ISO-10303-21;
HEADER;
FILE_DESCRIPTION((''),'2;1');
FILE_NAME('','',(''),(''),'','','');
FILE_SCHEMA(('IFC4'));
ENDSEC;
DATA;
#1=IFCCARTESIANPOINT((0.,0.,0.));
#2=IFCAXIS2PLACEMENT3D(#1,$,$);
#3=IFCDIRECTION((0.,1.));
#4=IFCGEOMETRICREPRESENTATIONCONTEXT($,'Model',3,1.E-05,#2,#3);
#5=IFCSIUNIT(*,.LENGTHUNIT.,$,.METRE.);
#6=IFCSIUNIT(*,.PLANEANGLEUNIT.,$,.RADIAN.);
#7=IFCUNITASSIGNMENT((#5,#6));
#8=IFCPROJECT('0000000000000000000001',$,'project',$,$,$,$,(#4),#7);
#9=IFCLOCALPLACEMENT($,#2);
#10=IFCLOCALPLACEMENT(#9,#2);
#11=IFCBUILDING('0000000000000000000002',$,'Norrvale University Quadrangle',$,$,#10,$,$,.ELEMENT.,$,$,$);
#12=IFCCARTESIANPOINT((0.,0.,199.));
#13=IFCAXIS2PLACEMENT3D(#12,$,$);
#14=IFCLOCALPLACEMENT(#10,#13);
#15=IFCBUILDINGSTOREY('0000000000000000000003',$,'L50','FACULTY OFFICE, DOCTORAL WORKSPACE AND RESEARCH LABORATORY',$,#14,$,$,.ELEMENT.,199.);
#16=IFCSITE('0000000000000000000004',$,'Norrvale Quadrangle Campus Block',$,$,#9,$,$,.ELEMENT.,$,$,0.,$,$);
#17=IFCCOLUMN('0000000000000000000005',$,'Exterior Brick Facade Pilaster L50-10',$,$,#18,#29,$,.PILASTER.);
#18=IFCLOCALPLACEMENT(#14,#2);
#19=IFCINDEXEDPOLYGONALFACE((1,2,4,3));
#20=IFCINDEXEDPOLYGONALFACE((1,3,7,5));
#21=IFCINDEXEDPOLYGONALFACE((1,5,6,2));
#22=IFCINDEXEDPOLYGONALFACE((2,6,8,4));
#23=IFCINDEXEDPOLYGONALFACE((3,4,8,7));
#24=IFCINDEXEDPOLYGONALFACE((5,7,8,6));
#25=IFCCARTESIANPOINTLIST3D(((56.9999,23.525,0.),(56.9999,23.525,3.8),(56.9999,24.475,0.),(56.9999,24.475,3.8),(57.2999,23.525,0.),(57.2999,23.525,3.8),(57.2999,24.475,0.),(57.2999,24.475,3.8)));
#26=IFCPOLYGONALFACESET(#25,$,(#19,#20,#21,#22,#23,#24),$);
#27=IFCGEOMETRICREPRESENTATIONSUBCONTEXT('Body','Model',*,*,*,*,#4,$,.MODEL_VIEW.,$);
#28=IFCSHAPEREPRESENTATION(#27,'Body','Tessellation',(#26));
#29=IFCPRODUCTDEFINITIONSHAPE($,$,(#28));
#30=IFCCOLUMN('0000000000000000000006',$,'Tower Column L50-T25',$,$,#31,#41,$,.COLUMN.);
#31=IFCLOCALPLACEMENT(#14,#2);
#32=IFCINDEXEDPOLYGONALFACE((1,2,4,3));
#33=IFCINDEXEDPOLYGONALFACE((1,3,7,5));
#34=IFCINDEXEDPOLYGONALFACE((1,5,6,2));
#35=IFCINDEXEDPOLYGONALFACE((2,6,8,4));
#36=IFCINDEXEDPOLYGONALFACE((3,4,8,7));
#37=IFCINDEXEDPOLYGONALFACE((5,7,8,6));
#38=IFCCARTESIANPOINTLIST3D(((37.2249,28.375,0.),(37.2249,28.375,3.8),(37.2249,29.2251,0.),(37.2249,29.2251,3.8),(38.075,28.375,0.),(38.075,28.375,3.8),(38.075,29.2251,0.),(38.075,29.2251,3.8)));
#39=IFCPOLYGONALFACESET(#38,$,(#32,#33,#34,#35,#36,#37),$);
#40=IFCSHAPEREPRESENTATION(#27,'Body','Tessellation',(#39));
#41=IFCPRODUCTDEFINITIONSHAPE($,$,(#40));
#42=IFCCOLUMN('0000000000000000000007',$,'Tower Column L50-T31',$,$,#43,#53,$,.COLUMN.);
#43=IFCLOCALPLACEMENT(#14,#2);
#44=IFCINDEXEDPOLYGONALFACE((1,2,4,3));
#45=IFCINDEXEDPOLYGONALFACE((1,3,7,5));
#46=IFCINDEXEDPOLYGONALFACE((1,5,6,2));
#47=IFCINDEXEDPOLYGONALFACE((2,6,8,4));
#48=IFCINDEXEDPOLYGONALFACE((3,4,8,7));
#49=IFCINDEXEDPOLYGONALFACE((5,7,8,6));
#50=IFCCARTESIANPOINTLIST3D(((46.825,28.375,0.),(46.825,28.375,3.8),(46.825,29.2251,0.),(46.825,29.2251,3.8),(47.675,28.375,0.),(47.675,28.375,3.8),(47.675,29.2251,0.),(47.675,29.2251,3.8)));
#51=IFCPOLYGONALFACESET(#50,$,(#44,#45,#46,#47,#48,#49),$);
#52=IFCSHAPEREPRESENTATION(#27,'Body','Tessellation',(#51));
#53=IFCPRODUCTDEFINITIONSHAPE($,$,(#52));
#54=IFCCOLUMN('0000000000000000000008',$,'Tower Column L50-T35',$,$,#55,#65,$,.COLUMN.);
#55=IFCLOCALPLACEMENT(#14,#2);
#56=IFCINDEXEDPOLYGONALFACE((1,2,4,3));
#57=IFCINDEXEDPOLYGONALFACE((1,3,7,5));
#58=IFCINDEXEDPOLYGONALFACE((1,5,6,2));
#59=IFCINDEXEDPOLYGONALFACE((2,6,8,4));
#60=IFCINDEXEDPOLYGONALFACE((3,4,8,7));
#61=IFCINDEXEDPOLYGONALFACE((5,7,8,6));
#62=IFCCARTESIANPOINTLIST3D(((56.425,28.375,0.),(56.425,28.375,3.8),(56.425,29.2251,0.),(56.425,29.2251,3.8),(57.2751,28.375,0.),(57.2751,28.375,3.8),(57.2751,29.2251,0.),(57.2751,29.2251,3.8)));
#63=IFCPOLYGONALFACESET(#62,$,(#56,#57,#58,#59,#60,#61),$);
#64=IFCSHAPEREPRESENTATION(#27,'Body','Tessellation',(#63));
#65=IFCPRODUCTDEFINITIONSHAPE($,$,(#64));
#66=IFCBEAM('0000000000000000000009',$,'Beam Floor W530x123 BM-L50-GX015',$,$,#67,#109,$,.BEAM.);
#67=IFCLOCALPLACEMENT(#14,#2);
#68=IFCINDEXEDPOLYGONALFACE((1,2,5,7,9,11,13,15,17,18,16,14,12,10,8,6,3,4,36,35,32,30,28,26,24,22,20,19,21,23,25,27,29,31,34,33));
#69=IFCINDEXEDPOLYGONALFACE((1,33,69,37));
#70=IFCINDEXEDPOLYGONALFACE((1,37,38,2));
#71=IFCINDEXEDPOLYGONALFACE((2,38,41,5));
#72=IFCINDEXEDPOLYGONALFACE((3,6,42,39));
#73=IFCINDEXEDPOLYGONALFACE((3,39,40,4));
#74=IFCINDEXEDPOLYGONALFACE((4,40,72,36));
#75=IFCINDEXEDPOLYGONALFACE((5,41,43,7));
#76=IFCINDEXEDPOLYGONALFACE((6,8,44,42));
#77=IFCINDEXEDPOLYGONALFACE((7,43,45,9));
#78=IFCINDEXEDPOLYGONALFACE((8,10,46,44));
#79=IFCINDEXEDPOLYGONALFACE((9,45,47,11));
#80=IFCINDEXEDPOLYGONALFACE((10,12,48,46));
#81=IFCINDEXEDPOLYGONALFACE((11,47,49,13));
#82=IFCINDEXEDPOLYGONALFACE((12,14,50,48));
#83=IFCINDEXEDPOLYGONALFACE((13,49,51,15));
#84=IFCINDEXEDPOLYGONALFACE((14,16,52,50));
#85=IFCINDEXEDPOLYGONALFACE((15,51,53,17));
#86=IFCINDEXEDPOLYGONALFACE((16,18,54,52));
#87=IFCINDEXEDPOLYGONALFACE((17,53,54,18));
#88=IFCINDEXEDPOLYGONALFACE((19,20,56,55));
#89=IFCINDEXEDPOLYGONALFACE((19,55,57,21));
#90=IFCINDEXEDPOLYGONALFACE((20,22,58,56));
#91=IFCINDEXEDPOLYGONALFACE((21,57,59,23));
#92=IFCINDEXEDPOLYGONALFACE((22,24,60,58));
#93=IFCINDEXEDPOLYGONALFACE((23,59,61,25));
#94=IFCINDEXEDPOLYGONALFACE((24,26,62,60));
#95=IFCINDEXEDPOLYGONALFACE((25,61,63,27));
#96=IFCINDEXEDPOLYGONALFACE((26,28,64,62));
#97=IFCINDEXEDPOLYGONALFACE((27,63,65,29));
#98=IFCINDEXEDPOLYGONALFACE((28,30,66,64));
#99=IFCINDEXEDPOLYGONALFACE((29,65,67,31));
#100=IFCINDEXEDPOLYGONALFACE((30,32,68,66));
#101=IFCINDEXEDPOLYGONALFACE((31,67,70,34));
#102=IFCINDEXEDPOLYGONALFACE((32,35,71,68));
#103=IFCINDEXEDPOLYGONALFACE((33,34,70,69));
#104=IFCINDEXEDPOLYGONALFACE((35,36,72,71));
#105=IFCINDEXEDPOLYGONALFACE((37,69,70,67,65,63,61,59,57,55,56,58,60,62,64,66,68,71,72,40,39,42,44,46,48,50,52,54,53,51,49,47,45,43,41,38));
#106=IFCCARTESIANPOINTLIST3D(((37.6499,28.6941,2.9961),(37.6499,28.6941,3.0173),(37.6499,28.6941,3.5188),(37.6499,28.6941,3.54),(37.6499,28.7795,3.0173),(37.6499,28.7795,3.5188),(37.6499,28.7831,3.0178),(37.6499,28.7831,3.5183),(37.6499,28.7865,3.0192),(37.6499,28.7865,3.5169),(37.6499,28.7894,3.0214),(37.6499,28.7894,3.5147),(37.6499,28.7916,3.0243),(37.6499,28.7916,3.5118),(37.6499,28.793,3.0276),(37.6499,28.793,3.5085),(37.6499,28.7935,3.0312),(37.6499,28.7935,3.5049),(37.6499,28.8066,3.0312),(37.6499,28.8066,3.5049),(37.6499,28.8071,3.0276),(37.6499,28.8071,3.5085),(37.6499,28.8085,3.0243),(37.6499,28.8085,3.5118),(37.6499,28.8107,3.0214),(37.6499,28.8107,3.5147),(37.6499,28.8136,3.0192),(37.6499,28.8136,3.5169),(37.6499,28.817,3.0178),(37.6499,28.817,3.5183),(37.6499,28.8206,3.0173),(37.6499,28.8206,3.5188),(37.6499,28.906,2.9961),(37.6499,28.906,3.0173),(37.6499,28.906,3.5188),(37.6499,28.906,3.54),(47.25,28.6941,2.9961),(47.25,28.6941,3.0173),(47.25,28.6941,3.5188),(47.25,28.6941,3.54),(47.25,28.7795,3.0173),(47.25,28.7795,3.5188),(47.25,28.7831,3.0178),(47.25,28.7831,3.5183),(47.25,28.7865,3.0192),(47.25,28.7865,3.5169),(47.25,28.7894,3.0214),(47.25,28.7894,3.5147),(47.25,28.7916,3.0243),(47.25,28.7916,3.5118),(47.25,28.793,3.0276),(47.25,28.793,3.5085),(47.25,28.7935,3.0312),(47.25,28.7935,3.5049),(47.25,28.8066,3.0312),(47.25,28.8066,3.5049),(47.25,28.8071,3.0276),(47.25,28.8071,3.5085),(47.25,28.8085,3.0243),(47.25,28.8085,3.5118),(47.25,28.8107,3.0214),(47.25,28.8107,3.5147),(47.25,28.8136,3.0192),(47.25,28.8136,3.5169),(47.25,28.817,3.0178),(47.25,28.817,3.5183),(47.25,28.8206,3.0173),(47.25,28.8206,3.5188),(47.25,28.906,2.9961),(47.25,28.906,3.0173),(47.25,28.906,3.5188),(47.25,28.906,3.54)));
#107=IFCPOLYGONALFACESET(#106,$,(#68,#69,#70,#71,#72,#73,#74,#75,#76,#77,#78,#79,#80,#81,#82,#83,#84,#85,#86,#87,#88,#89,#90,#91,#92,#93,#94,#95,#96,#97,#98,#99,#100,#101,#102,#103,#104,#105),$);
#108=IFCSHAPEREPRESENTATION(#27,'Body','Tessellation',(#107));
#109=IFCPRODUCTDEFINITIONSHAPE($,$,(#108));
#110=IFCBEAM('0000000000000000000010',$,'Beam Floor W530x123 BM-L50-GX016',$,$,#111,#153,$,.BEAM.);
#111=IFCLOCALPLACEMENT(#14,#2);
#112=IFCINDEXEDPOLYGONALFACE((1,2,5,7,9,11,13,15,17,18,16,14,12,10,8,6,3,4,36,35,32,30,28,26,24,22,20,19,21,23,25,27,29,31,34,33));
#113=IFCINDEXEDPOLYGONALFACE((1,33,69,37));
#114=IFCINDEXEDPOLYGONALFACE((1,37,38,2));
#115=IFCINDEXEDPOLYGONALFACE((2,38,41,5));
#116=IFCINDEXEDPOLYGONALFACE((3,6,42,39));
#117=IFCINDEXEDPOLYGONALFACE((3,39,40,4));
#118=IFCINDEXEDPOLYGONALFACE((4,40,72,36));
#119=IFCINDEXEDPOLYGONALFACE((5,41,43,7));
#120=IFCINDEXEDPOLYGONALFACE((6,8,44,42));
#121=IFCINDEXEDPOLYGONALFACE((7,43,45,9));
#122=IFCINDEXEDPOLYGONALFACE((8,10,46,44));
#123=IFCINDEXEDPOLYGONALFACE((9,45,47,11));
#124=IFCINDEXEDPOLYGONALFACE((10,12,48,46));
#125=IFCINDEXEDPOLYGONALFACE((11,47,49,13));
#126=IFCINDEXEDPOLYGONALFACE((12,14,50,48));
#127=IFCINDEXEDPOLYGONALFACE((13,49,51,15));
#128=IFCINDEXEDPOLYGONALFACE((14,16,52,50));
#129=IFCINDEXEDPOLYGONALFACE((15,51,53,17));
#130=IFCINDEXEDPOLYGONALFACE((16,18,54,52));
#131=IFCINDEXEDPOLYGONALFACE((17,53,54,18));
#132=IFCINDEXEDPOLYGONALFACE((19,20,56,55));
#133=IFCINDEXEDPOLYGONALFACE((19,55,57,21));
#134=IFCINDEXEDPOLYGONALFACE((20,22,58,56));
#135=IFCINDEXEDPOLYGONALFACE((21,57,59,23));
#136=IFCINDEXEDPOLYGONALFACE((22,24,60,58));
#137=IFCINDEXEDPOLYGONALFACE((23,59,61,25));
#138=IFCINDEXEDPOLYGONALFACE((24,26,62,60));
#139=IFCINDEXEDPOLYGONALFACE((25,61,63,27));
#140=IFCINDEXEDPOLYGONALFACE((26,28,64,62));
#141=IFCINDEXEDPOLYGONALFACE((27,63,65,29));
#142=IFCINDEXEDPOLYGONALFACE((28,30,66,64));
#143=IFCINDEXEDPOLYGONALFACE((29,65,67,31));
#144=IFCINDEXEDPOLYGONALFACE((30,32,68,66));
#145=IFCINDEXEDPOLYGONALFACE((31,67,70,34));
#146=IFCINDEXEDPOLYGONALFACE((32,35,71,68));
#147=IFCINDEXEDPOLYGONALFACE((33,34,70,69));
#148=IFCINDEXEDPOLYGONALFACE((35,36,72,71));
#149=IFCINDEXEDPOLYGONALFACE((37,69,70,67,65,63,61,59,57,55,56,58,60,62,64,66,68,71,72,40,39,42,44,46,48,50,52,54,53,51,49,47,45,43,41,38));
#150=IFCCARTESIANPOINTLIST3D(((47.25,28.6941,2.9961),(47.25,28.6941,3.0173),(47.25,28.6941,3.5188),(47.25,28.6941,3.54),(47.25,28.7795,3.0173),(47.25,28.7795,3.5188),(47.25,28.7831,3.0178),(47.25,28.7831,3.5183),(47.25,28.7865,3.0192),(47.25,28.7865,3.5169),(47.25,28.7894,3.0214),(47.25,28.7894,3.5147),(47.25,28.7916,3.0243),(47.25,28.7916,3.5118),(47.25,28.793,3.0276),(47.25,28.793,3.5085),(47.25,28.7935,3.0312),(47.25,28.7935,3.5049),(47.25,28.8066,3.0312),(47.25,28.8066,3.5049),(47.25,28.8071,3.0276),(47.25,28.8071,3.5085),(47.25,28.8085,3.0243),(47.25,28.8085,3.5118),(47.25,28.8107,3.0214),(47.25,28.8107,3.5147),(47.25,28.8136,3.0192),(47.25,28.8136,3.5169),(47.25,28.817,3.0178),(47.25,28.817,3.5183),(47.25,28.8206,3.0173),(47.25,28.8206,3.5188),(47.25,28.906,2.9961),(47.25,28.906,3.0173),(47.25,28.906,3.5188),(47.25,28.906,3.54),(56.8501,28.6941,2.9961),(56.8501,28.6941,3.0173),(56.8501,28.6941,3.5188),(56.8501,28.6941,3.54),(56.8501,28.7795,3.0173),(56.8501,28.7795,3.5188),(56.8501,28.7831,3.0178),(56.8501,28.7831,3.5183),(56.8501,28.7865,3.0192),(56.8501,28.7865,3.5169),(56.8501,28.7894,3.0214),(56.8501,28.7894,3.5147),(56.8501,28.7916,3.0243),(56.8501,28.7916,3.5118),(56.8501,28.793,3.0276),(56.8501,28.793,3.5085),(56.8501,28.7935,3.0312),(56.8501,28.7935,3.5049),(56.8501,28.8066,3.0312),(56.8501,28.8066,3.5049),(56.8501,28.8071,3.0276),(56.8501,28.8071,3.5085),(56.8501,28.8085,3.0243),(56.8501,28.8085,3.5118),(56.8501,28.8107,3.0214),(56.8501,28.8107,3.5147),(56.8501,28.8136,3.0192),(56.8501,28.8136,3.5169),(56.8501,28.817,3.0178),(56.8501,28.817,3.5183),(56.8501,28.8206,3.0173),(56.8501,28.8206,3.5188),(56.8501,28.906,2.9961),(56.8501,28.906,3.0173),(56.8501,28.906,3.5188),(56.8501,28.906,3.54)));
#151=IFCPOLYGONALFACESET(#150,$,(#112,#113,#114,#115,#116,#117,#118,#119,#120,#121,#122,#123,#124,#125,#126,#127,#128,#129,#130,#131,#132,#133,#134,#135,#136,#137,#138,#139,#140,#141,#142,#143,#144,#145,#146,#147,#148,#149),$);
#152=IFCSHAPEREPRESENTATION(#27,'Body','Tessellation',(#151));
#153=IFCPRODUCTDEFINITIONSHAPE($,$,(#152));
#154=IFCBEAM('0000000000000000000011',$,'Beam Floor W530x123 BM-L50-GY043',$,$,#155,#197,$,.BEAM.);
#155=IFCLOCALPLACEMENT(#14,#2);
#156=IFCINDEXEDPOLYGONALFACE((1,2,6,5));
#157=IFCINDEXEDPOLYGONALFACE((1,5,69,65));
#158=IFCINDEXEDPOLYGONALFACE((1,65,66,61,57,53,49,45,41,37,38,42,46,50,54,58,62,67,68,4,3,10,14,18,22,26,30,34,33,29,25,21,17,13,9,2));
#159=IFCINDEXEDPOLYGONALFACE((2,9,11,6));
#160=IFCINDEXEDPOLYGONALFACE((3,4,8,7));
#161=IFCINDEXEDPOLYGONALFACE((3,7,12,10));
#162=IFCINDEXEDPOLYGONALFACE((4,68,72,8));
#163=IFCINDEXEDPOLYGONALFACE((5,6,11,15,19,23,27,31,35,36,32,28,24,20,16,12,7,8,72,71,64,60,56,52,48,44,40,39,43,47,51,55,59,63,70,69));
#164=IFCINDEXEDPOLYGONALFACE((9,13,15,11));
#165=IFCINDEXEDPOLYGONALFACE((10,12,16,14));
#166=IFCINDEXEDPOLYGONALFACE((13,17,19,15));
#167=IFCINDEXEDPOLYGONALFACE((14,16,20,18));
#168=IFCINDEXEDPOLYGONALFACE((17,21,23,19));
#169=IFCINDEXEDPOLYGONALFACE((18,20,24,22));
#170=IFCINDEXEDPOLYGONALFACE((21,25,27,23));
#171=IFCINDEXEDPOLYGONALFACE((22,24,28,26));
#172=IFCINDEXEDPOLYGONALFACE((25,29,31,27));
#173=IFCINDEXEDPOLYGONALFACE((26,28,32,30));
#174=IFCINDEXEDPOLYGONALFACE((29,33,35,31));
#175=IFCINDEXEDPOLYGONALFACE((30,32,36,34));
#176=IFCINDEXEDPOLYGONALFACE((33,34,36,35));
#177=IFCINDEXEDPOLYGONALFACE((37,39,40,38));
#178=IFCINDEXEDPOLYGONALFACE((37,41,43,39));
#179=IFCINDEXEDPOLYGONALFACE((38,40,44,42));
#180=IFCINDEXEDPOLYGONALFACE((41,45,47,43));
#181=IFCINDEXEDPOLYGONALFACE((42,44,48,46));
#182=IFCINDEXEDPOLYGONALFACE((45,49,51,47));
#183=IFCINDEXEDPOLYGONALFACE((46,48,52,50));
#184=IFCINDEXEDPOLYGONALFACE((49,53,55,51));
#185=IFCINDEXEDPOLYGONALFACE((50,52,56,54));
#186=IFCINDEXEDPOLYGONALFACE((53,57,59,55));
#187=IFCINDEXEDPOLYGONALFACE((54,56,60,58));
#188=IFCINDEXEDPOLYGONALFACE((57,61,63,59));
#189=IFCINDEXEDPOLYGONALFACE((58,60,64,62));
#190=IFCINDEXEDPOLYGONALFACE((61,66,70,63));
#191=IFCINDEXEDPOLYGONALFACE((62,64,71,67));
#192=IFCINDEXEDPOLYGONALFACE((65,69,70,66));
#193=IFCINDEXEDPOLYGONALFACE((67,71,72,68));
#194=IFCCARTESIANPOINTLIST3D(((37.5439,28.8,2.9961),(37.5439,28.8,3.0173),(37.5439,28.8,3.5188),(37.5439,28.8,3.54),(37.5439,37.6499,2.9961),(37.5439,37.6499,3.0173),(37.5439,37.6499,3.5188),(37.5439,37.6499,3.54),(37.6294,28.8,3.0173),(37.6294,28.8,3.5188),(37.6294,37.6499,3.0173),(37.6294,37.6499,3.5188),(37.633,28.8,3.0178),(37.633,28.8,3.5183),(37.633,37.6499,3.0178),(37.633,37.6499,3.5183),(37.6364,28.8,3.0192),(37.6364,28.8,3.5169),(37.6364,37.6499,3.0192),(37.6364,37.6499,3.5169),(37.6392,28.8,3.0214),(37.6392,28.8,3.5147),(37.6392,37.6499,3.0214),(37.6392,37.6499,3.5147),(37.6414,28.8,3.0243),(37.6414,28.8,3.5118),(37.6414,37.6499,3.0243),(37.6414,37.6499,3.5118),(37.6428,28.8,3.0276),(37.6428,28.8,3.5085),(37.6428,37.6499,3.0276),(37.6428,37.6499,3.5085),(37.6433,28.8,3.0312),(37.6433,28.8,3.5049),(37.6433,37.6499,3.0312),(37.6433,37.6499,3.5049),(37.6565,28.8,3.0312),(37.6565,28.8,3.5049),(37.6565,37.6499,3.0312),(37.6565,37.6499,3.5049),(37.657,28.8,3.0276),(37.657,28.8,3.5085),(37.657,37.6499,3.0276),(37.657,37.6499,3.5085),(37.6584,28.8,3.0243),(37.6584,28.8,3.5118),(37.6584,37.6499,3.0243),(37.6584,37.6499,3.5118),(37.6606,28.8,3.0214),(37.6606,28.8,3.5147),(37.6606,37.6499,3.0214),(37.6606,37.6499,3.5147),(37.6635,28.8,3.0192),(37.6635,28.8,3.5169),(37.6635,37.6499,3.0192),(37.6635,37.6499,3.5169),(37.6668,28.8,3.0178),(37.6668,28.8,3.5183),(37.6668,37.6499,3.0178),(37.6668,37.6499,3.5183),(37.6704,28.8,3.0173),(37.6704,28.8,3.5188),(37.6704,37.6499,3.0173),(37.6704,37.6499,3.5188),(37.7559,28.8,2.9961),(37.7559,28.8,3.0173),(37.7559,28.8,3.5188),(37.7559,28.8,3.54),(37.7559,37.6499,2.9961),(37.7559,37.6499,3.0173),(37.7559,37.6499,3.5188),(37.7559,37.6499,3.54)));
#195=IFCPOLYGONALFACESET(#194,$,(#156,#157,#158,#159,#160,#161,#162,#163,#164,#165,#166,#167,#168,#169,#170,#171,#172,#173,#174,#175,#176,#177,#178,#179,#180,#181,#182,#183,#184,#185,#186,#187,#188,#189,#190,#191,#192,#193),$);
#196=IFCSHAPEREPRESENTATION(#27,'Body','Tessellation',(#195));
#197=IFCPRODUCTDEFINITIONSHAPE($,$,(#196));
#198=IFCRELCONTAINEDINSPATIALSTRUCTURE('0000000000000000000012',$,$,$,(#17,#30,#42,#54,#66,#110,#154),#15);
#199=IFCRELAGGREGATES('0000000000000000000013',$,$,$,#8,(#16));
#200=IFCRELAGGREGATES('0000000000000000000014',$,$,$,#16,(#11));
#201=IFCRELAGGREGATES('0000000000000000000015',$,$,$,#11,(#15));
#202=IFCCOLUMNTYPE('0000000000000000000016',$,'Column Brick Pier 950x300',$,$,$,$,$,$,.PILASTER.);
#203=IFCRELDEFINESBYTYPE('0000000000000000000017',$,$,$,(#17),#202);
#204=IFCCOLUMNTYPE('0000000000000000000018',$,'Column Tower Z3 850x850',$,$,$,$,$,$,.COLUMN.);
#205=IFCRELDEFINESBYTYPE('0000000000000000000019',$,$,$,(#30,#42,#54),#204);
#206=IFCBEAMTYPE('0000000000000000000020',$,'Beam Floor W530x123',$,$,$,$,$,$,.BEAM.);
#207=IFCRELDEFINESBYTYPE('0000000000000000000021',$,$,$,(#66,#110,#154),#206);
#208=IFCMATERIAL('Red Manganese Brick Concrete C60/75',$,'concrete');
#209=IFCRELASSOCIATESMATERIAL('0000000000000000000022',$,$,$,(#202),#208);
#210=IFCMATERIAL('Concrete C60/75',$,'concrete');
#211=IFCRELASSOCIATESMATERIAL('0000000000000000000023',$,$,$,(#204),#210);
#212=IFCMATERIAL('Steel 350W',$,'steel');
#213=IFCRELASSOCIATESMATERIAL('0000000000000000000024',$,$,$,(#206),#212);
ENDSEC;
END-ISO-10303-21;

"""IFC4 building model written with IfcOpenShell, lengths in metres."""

from ifc_helpers import new_model, si_unit, direction, frame, origin, origin_2d, place, context, subcontext, project, spatial, rectangle, i_section, extrude, material, material_profile, profile_set, type_object, element, save


model = new_model("IFC4")

# Units and contexts
model_context = context("Model", 3, precision=1e-05, world=origin(), true_north=direction((0.0, 1.0)))
body_context = subcontext(model_context, "Body", "Model", "MODEL_VIEW")
ifc_project = project(units=[si_unit("LENGTHUNIT", "METRE"), si_unit("PLANEANGLEUNIT", "RADIAN")], contexts=[model_context])

# Site, building, storey
site_placement = place(None, origin())
site = spatial("IfcSite", under=ifc_project, at=site_placement, Name="Norrvale Quadrangle Campus Block", CompositionType="ELEMENT", RefElevation=0.0)
building_placement = place(site_placement, origin())
building = spatial("IfcBuilding", under=site, at=building_placement, Name="Norrvale University Quadrangle", CompositionType="ELEMENT")
storey_placement = place(building_placement, frame((0.0, 0.0, 199.0)))
storey = spatial("IfcBuildingStorey", under=building, at=storey_placement, Name="L50", Description="FACULTY OFFICE, DOCTORAL WORKSPACE AND RESEARCH LABORATORY", CompositionType="ELEMENT", Elevation=199.0)

# Columns
ifc_material_1 = material(Name="Red Manganese Brick Concrete C60/75", Category="concrete")
ifc_material_profile_1 = material_profile(ifc_material_1, rectangle(XDim=0.95, YDim=0.3, at=origin_2d()), Name="Red Manganese Brick Concrete C60/75")
ifc_profile_set_1 = profile_set([ifc_material_profile_1], Name="Red Manganese Brick Concrete C60/75")
column_type_1 = type_object("IfcColumnType", Name="Column Brick Pier 950x300", PredefinedType="PILASTER", material=ifc_profile_set_1)
column_placement = place(storey_placement, frame((57.1499, 24.0, 0.0), z_axis=(0.0, 0.0, 1.0), x_axis=(0.0, 1.0, 0.0)))
element("IfcColumn", 1, at=column_placement, inside=storey, type_object=column_type_1, Name="Exterior Brick Facade Pilaster L50-10", PredefinedType="PILASTER", context=body_context, shape_type="SweptSolid", body=[
    extrude(rectangle(XDim=0.95, YDim=0.3, at=origin_2d()), origin(), (0.0, 0.0, 1.0), 3.8),
])
ifc_material_2 = material(Name="Concrete C60/75", Category="concrete")
ifc_material_profile_2 = material_profile(ifc_material_2, rectangle(XDim=0.8501, YDim=0.8501, at=origin_2d()), Name="Concrete C60/75")
ifc_profile_set_2 = profile_set([ifc_material_profile_2], Name="Concrete C60/75")
column_type_2 = type_object("IfcColumnType", Name="Column Tower Z3 850x850", PredefinedType="COLUMN", material=ifc_profile_set_2)
for number, where, z_axis, x_axis, name in (
    (2, (37.6499, 28.8, 0.0), (0.0, 0.0, 1.0), (1.0, 0.0, 0.0), "Tower Column L50-T25"),
    (3, (47.25, 28.8, 0.0), (0.0, 0.0, 1.0), (1.0, 0.0, 0.0), "Tower Column L50-T31"),
    (4, (56.8501, 28.8, 0.0), (0.0, 0.0, 1.0), (1.0, 0.0, 0.0), "Tower Column L50-T35"),
):
    element("IfcColumn", number, at=place(storey_placement, frame(where, z_axis=z_axis, x_axis=x_axis)), inside=storey, type_object=column_type_2, Name=name, PredefinedType="COLUMN", context=body_context, shape_type="SweptSolid", body=[
        extrude(rectangle(XDim=0.8501, YDim=0.8501, at=origin_2d()), origin(), (0.0, 0.0, 1.0), 3.8),
    ])

# Beams
ifc_material_3 = material(Name="Steel 350W", Category="steel")
ifc_material_profile_3 = material_profile(ifc_material_3, i_section(OverallWidth=0.2119, OverallDepth=0.5439, WebThickness=0.0132, FlangeThickness=0.0212, FilletRadius=0.0139, at=origin_2d()), Name="Steel 350W")
ifc_profile_set_3 = profile_set([ifc_material_profile_3], Name="Steel 350W")
beam_type_1 = type_object("IfcBeamType", Name="Beam Floor W530x123", PredefinedType="BEAM", material=ifc_profile_set_3)
for number, where, z_axis, x_axis, name in (
    (5, (37.6499, 28.8, 3.2681), (1.0, 0.0, 0.0), (0.0, 1.0, 0.0), "Beam Floor W530x123 BM-L50-GX015"),
    (6, (47.25, 28.8, 3.2681), (1.0, 0.0, 0.0), (0.0, 1.0, 0.0), "Beam Floor W530x123 BM-L50-GX016"),
):
    element("IfcBeam", number, at=place(storey_placement, frame(where, z_axis=z_axis, x_axis=x_axis)), inside=storey, type_object=beam_type_1, Name=name, PredefinedType="BEAM", context=body_context, shape_type="SweptSolid", body=[
        extrude(i_section(OverallWidth=0.2119, OverallDepth=0.5439, WebThickness=0.0132, FlangeThickness=0.0212, FilletRadius=0.0139, at=origin_2d()), origin(), (0.0, 0.0, 1.0), 9.6001),
    ])
for number, where, z_axis, x_axis, name in (
    (7, (37.6499, 28.8, 3.2681), (0.0, 1.0, 0.0), (-1.0, 0.0, 0.0), "Beam Floor W530x123 BM-L50-GY043"),
):
    element("IfcBeam", number, at=place(storey_placement, frame(where, z_axis=z_axis, x_axis=x_axis)), inside=storey, type_object=beam_type_1, Name=name, PredefinedType="BEAM", context=body_context, shape_type="SweptSolid", body=[
        extrude(i_section(OverallWidth=0.2119, OverallDepth=0.5439, WebThickness=0.0132, FlangeThickness=0.0212, FilletRadius=0.0139, at=origin_2d()), origin(), (0.0, 0.0, 1.0), 8.8499),
    ])

save(model, "model.ifc")
